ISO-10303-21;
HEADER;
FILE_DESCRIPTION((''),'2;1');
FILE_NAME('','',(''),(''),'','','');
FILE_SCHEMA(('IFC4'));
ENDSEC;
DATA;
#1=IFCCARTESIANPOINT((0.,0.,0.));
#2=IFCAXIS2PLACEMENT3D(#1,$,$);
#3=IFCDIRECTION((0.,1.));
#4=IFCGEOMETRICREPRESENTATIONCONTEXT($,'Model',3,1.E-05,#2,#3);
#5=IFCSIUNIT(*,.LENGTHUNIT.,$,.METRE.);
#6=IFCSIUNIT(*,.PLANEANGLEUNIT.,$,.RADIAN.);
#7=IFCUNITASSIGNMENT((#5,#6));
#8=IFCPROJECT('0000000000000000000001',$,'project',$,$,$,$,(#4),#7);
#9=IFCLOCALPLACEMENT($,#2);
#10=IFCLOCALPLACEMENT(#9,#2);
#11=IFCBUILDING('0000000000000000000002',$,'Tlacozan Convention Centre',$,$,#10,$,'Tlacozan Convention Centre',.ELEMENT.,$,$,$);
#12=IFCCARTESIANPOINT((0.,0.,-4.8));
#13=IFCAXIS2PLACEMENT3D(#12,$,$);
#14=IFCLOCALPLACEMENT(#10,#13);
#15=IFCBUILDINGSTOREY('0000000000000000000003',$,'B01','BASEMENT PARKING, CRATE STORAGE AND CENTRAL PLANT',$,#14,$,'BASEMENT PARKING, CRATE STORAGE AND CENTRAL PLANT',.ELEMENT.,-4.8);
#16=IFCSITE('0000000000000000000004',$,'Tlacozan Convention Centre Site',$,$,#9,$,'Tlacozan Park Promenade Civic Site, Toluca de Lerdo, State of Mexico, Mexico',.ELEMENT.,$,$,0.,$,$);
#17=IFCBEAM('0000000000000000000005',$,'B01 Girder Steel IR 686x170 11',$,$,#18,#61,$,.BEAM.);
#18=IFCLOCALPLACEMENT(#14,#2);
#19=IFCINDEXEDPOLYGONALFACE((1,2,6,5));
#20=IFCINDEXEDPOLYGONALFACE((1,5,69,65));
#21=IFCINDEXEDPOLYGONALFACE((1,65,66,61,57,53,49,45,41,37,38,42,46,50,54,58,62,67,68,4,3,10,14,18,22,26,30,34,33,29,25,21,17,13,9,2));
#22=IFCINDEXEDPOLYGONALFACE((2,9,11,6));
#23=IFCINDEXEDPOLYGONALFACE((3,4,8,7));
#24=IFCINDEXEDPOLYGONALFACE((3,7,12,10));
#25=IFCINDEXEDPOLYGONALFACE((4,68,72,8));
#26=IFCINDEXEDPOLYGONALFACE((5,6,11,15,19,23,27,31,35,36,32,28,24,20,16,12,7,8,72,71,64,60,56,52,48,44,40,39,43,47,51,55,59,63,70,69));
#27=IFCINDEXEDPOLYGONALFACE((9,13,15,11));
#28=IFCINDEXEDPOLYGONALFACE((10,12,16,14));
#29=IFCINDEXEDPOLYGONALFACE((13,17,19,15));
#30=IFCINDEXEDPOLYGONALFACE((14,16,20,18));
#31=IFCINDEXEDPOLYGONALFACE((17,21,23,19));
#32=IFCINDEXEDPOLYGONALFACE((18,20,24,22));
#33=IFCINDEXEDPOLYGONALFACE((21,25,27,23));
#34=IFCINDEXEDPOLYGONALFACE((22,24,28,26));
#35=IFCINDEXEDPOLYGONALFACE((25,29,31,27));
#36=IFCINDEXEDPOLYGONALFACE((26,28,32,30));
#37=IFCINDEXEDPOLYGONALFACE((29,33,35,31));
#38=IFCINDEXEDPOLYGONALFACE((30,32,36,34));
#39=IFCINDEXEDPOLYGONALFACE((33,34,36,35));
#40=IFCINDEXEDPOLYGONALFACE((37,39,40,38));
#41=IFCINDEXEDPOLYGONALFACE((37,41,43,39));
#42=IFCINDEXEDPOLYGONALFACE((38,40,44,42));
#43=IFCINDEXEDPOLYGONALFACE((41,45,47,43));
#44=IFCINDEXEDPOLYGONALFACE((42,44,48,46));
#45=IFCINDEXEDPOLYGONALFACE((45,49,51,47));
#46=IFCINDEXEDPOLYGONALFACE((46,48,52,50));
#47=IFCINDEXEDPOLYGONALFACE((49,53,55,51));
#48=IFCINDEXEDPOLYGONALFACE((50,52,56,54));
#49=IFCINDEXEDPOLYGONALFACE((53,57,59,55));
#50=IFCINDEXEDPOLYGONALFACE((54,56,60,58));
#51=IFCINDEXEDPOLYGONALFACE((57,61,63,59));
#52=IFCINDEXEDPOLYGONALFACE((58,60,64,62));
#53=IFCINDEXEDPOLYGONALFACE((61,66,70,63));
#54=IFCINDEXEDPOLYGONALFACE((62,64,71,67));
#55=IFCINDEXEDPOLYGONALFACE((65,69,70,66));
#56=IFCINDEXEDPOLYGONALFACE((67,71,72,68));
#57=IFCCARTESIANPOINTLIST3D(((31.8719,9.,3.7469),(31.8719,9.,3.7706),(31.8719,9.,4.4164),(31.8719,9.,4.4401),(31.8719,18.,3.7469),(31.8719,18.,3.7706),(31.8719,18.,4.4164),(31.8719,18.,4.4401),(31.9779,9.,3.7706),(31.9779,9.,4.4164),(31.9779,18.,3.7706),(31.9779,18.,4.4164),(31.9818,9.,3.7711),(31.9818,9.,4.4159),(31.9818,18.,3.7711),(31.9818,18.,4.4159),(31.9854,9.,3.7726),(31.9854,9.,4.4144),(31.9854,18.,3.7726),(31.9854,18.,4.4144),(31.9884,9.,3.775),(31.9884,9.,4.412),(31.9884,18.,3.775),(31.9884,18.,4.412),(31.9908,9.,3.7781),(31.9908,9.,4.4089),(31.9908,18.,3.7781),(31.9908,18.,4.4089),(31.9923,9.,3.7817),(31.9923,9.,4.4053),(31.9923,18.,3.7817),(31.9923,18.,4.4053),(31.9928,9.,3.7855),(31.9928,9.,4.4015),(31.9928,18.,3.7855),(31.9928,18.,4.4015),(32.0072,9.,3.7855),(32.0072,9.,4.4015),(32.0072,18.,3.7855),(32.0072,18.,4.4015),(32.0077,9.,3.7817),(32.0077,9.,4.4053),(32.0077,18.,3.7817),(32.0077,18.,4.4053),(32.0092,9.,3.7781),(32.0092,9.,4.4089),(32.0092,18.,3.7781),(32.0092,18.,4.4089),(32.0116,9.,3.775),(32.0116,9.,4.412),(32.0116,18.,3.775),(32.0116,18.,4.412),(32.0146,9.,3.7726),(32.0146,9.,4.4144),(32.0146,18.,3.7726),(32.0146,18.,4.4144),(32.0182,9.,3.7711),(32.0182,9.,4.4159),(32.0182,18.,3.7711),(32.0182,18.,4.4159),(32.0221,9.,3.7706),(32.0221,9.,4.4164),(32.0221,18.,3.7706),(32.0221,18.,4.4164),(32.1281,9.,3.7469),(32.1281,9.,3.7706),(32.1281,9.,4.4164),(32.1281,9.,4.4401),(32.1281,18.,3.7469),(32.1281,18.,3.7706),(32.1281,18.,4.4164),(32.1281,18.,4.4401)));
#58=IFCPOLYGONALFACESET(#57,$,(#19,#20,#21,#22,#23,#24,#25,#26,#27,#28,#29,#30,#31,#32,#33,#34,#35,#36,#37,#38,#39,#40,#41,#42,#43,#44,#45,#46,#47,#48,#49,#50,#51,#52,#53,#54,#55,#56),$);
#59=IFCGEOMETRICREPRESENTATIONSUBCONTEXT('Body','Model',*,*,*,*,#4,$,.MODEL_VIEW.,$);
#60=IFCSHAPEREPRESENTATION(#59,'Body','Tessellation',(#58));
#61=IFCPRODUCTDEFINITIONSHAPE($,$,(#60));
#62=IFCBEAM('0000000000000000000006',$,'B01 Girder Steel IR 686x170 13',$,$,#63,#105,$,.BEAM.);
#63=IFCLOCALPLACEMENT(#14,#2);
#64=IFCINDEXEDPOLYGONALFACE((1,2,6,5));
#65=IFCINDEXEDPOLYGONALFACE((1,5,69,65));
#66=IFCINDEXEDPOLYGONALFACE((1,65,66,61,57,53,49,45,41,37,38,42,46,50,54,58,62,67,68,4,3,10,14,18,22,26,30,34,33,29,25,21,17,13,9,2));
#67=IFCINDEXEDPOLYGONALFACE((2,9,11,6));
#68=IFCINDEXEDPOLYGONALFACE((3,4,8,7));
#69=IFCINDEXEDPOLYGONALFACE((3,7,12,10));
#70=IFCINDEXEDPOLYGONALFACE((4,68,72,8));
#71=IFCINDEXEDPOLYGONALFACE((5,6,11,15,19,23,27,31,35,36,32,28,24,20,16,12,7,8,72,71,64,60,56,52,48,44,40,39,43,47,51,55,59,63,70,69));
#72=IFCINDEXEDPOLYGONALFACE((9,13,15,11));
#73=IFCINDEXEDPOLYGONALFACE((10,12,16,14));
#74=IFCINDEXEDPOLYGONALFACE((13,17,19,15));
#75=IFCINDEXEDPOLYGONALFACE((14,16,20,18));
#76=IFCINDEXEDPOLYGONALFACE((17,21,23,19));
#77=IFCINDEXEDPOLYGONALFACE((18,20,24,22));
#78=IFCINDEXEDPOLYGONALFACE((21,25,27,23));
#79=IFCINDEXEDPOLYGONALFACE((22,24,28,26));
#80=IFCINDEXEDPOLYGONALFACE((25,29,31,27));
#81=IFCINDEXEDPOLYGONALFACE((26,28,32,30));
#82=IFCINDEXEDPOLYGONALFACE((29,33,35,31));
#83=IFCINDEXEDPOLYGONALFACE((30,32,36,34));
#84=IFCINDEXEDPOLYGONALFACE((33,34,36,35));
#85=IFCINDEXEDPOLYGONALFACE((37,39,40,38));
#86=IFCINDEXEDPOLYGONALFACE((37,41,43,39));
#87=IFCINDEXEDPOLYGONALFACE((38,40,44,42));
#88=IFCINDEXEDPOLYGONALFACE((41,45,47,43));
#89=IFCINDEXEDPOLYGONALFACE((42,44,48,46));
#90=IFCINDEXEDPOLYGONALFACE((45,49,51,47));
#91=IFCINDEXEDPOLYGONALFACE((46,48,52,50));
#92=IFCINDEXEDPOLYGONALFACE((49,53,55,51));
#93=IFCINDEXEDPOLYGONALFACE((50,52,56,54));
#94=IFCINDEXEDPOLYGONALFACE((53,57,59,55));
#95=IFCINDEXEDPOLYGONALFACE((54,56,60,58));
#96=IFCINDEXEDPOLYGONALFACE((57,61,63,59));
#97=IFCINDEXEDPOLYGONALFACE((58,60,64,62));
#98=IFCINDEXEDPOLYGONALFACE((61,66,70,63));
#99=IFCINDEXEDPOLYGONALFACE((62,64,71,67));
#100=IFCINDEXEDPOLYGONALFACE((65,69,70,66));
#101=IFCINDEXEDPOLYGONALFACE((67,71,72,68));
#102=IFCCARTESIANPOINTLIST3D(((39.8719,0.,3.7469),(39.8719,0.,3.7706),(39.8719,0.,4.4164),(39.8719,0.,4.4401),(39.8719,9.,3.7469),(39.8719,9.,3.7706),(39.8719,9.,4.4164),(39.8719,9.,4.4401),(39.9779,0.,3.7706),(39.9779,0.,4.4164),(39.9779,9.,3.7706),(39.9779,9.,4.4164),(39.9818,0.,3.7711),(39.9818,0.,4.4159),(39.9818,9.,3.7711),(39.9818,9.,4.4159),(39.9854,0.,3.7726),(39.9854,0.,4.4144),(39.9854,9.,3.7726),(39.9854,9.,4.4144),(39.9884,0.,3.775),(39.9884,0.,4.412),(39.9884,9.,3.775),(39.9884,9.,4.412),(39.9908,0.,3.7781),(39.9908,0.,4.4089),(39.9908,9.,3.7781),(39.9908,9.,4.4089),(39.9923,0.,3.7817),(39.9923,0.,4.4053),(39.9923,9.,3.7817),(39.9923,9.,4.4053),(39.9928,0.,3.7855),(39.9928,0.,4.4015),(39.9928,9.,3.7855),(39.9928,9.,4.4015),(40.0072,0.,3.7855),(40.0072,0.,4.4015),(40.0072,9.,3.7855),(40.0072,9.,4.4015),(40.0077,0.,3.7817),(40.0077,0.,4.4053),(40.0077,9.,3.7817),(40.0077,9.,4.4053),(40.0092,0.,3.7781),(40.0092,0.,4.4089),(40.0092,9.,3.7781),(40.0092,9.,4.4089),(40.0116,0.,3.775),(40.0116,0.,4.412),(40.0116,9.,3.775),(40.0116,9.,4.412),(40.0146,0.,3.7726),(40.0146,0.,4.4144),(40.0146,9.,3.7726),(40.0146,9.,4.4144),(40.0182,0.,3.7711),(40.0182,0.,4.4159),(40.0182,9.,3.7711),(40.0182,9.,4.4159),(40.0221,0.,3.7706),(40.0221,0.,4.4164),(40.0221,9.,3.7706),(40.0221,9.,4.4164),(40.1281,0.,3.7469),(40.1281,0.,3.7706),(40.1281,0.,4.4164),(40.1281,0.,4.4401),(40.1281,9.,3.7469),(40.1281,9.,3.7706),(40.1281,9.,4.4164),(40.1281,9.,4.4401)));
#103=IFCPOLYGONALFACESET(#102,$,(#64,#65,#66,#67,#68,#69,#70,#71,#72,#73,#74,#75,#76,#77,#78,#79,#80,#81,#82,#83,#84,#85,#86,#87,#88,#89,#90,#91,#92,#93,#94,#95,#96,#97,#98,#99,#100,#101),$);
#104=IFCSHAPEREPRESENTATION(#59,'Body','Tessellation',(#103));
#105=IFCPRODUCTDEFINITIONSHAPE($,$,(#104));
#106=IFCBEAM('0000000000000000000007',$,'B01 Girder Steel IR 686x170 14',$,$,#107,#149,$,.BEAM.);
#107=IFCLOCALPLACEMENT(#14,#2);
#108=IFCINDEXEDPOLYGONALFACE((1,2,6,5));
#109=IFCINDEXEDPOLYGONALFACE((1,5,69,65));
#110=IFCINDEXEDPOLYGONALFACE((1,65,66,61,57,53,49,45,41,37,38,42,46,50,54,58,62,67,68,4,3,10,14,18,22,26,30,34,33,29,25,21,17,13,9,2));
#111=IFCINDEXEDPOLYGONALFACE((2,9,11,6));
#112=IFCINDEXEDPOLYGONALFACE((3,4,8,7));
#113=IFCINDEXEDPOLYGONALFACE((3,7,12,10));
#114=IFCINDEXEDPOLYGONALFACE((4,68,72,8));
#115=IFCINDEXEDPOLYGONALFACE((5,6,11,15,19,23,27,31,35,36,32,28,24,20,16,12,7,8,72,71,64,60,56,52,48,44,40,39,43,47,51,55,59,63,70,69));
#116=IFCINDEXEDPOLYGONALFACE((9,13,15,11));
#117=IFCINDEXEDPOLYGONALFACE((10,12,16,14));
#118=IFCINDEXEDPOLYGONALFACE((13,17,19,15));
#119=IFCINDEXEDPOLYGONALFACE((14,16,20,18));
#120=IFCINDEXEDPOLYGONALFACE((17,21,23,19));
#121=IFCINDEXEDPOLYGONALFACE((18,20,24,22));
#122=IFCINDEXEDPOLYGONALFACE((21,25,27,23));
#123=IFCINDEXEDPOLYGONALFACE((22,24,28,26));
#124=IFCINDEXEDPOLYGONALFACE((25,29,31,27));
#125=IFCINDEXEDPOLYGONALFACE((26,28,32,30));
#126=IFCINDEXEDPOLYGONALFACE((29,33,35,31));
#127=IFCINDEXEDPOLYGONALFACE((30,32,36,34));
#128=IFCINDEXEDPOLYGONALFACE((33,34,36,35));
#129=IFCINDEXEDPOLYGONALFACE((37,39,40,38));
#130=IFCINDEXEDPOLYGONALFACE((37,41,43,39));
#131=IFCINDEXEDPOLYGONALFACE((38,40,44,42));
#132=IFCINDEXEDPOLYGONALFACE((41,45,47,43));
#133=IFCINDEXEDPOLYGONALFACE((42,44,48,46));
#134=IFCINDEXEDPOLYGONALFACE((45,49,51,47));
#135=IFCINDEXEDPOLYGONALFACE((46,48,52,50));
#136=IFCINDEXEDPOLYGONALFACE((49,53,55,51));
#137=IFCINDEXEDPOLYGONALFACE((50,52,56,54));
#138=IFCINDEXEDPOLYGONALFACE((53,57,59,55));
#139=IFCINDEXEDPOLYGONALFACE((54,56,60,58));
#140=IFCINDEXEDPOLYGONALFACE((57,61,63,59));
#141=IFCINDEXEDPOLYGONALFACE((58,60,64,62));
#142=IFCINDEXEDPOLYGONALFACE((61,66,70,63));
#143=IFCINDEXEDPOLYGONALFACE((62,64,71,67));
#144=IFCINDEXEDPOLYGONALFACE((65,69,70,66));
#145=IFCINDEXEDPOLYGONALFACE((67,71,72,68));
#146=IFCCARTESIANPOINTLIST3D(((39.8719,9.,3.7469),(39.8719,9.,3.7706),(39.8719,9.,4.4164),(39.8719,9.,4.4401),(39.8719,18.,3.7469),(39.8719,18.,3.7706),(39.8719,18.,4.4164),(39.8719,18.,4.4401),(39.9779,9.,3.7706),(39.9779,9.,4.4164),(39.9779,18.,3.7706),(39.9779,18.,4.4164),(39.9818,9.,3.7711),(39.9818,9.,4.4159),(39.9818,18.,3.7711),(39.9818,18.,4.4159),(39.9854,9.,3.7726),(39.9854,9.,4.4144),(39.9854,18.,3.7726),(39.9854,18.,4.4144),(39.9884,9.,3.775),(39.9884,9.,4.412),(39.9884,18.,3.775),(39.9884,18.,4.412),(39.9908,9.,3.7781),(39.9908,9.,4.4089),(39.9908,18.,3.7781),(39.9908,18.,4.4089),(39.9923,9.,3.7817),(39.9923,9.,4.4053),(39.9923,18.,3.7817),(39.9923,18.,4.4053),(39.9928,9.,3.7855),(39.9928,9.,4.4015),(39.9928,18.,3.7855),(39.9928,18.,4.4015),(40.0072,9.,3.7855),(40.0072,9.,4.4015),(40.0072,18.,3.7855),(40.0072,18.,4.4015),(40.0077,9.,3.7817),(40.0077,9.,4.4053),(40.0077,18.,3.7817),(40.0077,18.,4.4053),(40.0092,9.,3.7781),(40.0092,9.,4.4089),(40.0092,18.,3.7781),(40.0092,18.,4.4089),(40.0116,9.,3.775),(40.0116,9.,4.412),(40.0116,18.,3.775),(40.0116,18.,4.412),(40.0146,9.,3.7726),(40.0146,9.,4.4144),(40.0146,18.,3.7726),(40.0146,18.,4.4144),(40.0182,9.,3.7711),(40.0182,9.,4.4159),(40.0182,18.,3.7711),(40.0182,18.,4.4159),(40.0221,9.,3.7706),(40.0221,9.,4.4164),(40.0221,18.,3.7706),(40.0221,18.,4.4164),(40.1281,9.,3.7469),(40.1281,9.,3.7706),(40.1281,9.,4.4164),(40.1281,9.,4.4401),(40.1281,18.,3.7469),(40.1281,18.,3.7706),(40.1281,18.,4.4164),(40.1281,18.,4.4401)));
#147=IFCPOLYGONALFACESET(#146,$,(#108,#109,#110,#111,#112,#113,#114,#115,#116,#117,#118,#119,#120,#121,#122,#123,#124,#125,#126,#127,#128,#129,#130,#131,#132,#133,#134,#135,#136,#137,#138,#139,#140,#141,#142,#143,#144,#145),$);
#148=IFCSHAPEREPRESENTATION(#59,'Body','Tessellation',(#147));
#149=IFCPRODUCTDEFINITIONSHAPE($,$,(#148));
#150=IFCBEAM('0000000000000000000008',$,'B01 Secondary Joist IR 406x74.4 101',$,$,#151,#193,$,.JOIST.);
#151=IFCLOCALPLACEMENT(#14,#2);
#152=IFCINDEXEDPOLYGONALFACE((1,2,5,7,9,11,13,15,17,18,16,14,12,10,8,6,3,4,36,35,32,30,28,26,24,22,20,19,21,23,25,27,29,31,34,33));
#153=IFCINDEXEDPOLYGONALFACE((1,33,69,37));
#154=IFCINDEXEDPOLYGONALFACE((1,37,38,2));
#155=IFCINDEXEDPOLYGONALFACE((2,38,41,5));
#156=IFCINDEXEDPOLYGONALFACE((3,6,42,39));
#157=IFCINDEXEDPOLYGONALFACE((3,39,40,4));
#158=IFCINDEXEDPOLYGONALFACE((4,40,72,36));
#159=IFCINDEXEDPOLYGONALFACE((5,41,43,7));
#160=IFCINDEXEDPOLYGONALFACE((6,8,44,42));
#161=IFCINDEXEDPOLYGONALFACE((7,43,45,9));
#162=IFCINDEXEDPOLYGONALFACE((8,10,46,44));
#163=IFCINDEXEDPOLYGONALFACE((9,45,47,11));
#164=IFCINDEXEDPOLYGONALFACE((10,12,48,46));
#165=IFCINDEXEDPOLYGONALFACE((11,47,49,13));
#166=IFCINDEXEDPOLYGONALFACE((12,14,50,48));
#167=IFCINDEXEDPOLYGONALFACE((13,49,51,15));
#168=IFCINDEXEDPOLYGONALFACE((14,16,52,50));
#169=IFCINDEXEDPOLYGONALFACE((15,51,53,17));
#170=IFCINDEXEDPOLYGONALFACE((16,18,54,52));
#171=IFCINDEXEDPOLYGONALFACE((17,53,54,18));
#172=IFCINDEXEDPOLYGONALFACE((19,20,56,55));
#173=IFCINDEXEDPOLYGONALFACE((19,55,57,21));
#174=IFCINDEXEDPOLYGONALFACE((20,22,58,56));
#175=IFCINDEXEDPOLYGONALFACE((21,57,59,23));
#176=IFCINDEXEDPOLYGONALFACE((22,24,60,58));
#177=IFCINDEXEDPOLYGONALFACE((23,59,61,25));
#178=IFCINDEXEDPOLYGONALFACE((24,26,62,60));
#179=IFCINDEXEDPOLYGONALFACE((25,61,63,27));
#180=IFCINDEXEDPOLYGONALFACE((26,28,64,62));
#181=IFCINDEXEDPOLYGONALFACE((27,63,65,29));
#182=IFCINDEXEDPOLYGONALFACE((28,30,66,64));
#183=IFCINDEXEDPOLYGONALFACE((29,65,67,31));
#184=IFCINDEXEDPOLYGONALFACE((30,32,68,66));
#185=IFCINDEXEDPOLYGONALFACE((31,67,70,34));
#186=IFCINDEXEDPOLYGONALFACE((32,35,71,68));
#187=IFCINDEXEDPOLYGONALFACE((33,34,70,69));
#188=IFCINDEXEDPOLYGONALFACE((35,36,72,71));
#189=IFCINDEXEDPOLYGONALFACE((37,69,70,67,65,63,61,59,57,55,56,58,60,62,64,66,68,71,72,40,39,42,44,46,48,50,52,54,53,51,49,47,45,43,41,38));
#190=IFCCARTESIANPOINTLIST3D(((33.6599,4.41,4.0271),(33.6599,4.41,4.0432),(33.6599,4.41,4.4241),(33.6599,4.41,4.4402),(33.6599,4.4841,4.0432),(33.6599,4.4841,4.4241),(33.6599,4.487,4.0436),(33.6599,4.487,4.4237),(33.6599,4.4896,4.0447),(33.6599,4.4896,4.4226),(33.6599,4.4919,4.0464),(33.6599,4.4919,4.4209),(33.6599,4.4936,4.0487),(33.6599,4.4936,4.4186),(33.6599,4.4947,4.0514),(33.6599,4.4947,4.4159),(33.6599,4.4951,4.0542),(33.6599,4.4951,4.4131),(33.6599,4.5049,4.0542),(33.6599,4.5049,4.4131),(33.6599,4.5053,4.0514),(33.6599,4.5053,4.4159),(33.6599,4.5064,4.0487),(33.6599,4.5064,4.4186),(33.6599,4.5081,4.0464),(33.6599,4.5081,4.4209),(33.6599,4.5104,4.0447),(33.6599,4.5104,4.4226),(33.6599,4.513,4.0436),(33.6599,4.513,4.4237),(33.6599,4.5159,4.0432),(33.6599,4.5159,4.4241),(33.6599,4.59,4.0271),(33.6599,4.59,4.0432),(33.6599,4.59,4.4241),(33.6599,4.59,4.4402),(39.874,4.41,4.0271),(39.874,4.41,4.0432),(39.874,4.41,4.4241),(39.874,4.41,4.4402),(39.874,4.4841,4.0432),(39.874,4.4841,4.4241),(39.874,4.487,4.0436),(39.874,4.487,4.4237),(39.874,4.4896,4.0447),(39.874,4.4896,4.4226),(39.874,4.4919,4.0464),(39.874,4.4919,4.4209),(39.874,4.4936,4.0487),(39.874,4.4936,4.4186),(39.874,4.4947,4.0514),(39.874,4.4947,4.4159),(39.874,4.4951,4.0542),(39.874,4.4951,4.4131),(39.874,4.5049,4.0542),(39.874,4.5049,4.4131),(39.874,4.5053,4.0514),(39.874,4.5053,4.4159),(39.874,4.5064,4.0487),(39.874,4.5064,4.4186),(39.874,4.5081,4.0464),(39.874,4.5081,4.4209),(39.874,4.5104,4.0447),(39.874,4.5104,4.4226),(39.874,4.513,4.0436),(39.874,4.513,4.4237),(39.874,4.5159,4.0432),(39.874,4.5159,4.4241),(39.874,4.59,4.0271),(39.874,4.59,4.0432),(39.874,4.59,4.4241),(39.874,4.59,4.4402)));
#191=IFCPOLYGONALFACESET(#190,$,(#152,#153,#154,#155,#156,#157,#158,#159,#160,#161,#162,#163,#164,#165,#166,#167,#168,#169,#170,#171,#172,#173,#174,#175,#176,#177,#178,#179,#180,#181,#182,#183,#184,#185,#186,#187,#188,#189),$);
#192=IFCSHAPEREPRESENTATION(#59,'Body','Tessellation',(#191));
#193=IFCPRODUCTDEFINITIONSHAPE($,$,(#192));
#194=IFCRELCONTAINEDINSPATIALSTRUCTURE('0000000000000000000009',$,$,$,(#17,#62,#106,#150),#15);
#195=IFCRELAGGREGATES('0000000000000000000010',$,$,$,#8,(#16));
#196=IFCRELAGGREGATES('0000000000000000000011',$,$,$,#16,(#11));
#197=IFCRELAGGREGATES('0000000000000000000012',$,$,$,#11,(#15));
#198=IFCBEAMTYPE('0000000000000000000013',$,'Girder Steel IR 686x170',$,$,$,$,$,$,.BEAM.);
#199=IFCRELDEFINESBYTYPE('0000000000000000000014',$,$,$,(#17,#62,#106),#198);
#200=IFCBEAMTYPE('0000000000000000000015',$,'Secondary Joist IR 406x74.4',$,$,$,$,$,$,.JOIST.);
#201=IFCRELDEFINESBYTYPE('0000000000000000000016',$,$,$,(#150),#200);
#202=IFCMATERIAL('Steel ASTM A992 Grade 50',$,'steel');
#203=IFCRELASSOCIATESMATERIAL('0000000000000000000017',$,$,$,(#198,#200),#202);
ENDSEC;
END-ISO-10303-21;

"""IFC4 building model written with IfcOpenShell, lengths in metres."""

from ifc_helpers import new_model, si_unit, direction, frame, origin, origin_2d, place, context, subcontext, project, spatial, i_section, extrude, material, material_profile, profile_set, type_object, element, save


model = new_model("IFC4")

# Units and contexts
model_context = context("Model", 3, precision=1e-05, world=origin(), true_north=direction((0.0, 1.0)))
body_context = subcontext(model_context, "Body", "Model", "MODEL_VIEW")
ifc_project = project(units=[si_unit("LENGTHUNIT", "METRE"), si_unit("PLANEANGLEUNIT", "RADIAN")], contexts=[model_context])

# Site, building, storey
site_placement = place(None, origin())
site = spatial("IfcSite", under=ifc_project, at=site_placement, Name="Tlacozan Convention Centre Site", LongName="Tlacozan Park Promenade Civic Site, Toluca de Lerdo, State of Mexico, Mexico", CompositionType="ELEMENT", RefElevation=0.0)
building_placement = place(site_placement, origin())
building = spatial("IfcBuilding", under=site, at=building_placement, Name="Tlacozan Convention Centre", LongName="Tlacozan Convention Centre", CompositionType="ELEMENT")
storey_placement = place(building_placement, frame((0.0, 0.0, -4.8)))
storey = spatial("IfcBuildingStorey", under=building, at=storey_placement, Name="B01", Description="BASEMENT PARKING, CRATE STORAGE AND CENTRAL PLANT", LongName="BASEMENT PARKING, CRATE STORAGE AND CENTRAL PLANT", CompositionType="ELEMENT", Elevation=-4.8)

# Beams
ifc_material_1 = material(Name="Steel ASTM A992 Grade 50", Category="steel")
ifc_material_profile_1 = material_profile(ifc_material_1, i_section(OverallWidth=0.2561, OverallDepth=0.6931, WebThickness=0.0144, FlangeThickness=0.0237, FilletRadius=0.0149, at=origin_2d()), Name="IR 686x170.0")
ifc_profile_set_1 = profile_set([ifc_material_profile_1], Name="Steel ASTM A992 Grade 50")
beam_type_1 = type_object("IfcBeamType", Name="Girder Steel IR 686x170", PredefinedType="BEAM", material=ifc_profile_set_1)
for number, where, z_axis, x_axis, name in (
    (1, (32.0, 9.0, 4.0935), (0.0, 1.0, 0.0), (-1.0, 0.0, 0.0), "B01 Girder Steel IR 686x170 11"),
    (2, (40.0, 0.0, 4.0935), (0.0, 1.0, 0.0), (-1.0, 0.0, 0.0), "B01 Girder Steel IR 686x170 13"),
    (3, (40.0, 9.0, 4.0935), (0.0, 1.0, 0.0), (-1.0, 0.0, 0.0), "B01 Girder Steel IR 686x170 14"),
):
    element("IfcBeam", number, at=place(storey_placement, frame(where, z_axis=z_axis, x_axis=x_axis)), inside=storey, type_object=beam_type_1, Name=name, PredefinedType="BEAM", context=body_context, shape_type="SweptSolid", body=[
        extrude(i_section(OverallWidth=0.2561, OverallDepth=0.6931, WebThickness=0.0144, FlangeThickness=0.0237, FilletRadius=0.0149, at=origin_2d()), origin(), (0.0, 0.0, 1.0), 9.0),
    ])
ifc_material_profile_2 = material_profile(ifc_material_1, i_section(OverallWidth=0.1799, OverallDepth=0.4131, WebThickness=0.0098, FlangeThickness=0.0161, FilletRadius=0.011, at=origin_2d()), Name="IR 406x74.4")
ifc_profile_set_2 = profile_set([ifc_material_profile_2], Name="Steel ASTM A992 Grade 50")
beam_type_2 = type_object("IfcBeamType", Name="Secondary Joist IR 406x74.4", PredefinedType="JOIST", material=ifc_profile_set_2)
beam_1_placement = place(storey_placement, frame((33.6599, 4.5, 4.2336), z_axis=(1.0, 0.0, 0.0), x_axis=(0.0, 1.0, 0.0)))
element("IfcBeam", 4, at=beam_1_placement, inside=storey, type_object=beam_type_2, Name="B01 Secondary Joist IR 406x74.4 101", PredefinedType="JOIST", context=body_context, shape_type="SweptSolid", body=[
    extrude(i_section(OverallWidth=0.1799, OverallDepth=0.4131, WebThickness=0.0098, FlangeThickness=0.0161, FilletRadius=0.011, at=origin_2d()), origin(), (0.0, 0.0, 1.0), 6.2141),
])

save(model, "model.ifc")
